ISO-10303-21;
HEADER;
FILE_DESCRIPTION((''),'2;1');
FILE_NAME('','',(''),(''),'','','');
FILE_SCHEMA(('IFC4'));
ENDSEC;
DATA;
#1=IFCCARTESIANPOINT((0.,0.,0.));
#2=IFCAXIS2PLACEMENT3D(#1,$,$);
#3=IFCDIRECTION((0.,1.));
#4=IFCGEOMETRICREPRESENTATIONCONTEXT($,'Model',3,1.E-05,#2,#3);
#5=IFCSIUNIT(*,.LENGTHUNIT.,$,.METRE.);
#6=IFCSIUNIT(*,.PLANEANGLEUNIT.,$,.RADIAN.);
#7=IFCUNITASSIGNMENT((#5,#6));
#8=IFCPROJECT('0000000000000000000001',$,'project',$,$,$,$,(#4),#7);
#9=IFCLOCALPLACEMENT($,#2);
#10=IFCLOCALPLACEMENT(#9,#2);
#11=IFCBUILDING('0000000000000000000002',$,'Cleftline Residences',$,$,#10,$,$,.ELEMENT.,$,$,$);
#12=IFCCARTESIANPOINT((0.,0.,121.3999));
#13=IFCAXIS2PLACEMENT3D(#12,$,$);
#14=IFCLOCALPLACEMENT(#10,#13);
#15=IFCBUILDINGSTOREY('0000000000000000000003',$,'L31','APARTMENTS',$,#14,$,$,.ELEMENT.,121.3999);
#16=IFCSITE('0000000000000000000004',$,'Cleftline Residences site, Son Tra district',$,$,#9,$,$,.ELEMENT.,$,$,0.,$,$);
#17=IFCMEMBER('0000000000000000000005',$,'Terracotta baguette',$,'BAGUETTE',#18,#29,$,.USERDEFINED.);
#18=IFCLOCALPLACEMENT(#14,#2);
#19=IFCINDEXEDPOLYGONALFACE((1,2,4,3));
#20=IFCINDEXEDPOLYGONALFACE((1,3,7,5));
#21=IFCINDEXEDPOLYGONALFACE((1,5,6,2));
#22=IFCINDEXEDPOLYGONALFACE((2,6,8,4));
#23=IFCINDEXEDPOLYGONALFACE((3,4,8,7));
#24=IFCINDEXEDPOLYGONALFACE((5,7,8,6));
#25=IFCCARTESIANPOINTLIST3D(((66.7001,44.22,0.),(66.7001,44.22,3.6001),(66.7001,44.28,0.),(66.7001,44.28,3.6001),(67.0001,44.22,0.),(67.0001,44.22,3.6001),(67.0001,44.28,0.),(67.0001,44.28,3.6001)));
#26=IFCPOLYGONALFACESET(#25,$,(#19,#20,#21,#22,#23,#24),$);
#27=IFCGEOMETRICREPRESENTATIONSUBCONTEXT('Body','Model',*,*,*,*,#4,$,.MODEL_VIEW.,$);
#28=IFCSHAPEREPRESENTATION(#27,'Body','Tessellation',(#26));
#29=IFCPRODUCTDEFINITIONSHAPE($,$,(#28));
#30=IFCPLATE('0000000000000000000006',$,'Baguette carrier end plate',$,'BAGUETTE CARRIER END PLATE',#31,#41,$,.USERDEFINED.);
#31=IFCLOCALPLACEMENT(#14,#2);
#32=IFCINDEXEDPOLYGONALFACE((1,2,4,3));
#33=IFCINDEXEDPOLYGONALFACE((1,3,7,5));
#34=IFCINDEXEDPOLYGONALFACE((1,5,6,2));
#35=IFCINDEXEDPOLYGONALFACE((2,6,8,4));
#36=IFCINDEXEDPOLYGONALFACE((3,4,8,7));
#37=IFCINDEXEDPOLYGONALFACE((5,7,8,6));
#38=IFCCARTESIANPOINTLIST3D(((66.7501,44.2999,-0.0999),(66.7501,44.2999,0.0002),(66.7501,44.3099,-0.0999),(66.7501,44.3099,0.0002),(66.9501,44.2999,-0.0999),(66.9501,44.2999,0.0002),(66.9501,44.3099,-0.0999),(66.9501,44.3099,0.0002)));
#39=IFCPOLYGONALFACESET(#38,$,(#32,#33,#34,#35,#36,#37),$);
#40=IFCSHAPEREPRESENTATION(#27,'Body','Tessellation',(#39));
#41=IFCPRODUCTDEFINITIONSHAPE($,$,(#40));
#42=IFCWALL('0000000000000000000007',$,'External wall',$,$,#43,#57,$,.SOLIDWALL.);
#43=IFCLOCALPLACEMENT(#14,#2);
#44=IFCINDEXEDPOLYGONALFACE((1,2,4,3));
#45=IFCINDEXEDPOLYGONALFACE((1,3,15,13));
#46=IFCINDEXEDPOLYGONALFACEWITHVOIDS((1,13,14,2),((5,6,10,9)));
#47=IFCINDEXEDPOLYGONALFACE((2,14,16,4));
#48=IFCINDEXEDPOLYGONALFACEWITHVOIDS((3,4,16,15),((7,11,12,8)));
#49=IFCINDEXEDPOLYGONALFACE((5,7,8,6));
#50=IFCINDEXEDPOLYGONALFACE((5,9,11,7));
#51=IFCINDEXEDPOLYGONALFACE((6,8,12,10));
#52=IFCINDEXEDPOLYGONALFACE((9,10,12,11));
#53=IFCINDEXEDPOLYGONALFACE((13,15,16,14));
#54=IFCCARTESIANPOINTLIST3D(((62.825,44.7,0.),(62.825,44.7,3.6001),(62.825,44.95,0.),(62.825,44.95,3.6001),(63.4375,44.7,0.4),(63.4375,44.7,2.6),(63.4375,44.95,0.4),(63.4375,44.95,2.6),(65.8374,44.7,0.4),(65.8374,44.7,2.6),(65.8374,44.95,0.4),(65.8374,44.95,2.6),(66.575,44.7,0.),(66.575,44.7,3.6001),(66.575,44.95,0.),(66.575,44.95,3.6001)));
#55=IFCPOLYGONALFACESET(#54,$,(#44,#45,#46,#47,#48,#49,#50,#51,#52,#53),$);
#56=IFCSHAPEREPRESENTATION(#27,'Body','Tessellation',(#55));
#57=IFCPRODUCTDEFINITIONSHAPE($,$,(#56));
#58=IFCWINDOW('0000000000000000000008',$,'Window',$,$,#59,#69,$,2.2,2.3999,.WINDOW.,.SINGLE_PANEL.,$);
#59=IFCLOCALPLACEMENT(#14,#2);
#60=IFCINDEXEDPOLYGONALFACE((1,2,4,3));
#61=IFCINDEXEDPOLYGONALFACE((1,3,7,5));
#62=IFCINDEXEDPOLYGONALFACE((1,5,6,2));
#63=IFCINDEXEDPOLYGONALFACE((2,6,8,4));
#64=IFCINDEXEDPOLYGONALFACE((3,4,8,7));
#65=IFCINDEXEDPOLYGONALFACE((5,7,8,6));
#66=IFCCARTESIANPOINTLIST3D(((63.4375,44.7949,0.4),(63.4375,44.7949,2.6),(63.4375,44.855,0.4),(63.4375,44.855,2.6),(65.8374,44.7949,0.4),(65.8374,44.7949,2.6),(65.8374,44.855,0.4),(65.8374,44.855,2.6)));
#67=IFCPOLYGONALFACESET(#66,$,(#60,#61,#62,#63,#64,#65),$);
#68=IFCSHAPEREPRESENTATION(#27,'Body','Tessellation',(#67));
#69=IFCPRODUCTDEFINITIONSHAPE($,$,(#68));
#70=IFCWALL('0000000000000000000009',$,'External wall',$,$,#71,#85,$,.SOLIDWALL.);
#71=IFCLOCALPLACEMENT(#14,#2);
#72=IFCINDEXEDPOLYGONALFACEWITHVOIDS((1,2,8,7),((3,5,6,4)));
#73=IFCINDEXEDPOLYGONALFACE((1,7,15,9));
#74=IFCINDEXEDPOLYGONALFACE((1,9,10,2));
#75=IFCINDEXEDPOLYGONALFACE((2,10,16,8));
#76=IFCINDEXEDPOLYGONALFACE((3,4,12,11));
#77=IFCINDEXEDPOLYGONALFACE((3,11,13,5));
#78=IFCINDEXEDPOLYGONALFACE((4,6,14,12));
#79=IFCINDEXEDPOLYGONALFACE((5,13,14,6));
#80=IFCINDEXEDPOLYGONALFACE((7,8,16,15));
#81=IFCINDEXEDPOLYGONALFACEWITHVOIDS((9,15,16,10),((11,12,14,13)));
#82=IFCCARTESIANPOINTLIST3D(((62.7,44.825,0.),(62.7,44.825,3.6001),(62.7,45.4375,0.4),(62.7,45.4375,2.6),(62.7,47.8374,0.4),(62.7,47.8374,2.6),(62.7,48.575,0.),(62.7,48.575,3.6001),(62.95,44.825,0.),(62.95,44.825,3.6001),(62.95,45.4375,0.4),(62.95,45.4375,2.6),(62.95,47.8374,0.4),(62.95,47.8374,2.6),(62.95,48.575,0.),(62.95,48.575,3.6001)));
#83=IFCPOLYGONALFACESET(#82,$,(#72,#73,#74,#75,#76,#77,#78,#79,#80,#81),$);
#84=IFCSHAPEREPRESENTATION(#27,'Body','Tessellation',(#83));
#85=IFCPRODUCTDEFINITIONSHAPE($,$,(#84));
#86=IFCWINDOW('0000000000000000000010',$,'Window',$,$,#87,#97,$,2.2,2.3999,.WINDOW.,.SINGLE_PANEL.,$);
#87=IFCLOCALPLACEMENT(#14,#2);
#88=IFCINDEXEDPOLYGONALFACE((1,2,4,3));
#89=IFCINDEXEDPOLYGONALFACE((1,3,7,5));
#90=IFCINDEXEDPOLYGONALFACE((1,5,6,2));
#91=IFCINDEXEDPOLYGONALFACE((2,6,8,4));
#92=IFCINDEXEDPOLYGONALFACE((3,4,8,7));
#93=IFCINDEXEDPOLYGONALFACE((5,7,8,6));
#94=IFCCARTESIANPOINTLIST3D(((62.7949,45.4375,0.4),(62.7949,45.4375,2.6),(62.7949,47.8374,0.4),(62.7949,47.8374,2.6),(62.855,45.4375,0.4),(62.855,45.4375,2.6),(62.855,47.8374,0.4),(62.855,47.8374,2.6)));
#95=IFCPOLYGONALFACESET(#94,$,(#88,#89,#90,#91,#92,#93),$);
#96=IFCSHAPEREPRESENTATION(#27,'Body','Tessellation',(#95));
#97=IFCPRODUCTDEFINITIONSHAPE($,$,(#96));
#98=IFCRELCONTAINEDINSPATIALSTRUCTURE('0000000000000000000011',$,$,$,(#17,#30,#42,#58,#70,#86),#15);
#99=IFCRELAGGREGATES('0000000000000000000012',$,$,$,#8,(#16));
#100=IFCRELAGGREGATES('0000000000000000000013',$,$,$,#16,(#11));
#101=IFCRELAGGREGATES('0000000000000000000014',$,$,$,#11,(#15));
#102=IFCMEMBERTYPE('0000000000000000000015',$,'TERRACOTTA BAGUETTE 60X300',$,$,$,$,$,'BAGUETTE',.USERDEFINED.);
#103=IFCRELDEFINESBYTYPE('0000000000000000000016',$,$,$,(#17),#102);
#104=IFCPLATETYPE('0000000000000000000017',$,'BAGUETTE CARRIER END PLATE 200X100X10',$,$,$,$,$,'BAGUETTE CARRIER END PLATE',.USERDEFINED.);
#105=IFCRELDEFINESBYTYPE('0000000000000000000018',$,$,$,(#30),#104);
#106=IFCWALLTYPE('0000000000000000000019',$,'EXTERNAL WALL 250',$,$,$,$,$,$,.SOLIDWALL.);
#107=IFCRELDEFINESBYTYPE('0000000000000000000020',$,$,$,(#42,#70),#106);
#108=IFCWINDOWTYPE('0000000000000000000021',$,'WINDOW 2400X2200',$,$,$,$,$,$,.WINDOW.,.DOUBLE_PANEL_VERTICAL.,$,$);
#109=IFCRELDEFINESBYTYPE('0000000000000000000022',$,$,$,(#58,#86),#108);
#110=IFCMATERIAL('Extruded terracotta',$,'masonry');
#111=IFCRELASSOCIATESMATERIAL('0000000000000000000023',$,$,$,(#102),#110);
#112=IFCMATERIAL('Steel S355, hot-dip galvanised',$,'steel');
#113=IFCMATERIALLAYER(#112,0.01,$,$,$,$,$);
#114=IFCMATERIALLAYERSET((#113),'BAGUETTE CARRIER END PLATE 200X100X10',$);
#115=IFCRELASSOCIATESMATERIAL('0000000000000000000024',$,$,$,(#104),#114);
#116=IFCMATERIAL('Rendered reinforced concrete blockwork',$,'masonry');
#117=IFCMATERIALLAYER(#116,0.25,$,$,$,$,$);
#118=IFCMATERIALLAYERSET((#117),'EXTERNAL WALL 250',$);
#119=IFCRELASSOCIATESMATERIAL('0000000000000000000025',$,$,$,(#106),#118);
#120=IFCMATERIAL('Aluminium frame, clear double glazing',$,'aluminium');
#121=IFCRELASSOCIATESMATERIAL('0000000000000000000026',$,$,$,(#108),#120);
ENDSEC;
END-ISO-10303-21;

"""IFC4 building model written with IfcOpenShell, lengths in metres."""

from ifc_helpers import new_model, si_unit, direction, frame, frame_2d, origin, origin_2d, place, context, subcontext, project, spatial, rectangle, extrude, material, layer, layer_set, material_profile, profile_set, type_object, element, fill, save


model = new_model("IFC4")

# Units and contexts
model_context = context("Model", 3, precision=1e-05, world=origin(), true_north=direction((0.0, 1.0)))
body_context = subcontext(model_context, "Body", "Model", "MODEL_VIEW")
ifc_project = project(units=[si_unit("LENGTHUNIT", "METRE"), si_unit("PLANEANGLEUNIT", "RADIAN")], contexts=[model_context])

# Site, building, storey
site_placement = place(None, origin())
site = spatial("IfcSite", under=ifc_project, at=site_placement, Name="Cleftline Residences site, Son Tra district", CompositionType="ELEMENT", RefElevation=0.0)
building_placement = place(site_placement, origin())
building = spatial("IfcBuilding", under=site, at=building_placement, Name="Cleftline Residences", CompositionType="ELEMENT")
storey_placement = place(building_placement, frame((0.0, 0.0, 121.3999)))
storey = spatial("IfcBuildingStorey", under=building, at=storey_placement, Name="L31", Description="APARTMENTS", CompositionType="ELEMENT", Elevation=121.3999)

# Member
ifc_material_1 = material(Name="Extruded terracotta", Category="masonry")
ifc_material_profile_1 = material_profile(ifc_material_1, rectangle(XDim=0.0601, YDim=0.3, at=origin_2d()))
ifc_profile_set_1 = profile_set([ifc_material_profile_1], Name="Extruded terracotta")
member_type_1 = type_object("IfcMemberType", Name="TERRACOTTA BAGUETTE 60X300", ElementType="BAGUETTE", PredefinedType="USERDEFINED", material=ifc_profile_set_1)
for number, where, z_axis, x_axis, name in (
    (1, (66.8501, 44.25, 0.0), (0.0, 0.0, 1.0), (0.0, 1.0, 0.0), "Terracotta baguette"),
):
    element("IfcMember", number, at=place(storey_placement, frame(where, z_axis=z_axis, x_axis=x_axis)), inside=storey, type_object=member_type_1, Name=name, ObjectType="BAGUETTE", PredefinedType="USERDEFINED", context=body_context, shape_type="SweptSolid", body=[
        extrude(rectangle(XDim=0.0601, YDim=0.3, at=origin_2d()), origin(), (0.0, 0.0, 1.0), 3.6001),
    ])

# Plate
ifc_material_2 = material(Name="Steel S355, hot-dip galvanised", Category="steel")
ifc_layer_1 = layer(ifc_material_2, 0.01)
ifc_layer_set_1 = layer_set([ifc_layer_1], Name="BAGUETTE CARRIER END PLATE 200X100X10")
plate_type = type_object("IfcPlateType", Name="BAGUETTE CARRIER END PLATE 200X100X10", ElementType="BAGUETTE CARRIER END PLATE", PredefinedType="USERDEFINED", material=ifc_layer_set_1)
plate_placement = place(storey_placement, frame((66.8501, 44.3049, -0.0999), z_axis=(0.0, 0.0, 1.0), x_axis=(1.0, 0.0, 0.0)))
element("IfcPlate", 2, at=plate_placement, inside=storey, type_object=plate_type, Name="Baguette carrier end plate", ObjectType="BAGUETTE CARRIER END PLATE", PredefinedType="USERDEFINED", context=body_context, shape_type="SweptSolid", body=[
    extrude(rectangle(XDim=0.2, YDim=0.01, at=origin_2d()), origin(), (0.0, 0.0, 1.0), 0.1001),
])

# Walls, openings, windows
ifc_material_3 = material(Name="Rendered reinforced concrete blockwork", Category="masonry")
ifc_layer_2 = layer(ifc_material_3, 0.25)
ifc_layer_set_2 = layer_set([ifc_layer_2], Name="EXTERNAL WALL 250")
wall_type = type_object("IfcWallType", Name="EXTERNAL WALL 250", PredefinedType="SOLIDWALL", material=ifc_layer_set_2)
wall_1_placement = place(storey_placement, frame((66.575, 44.825, 0.0), z_axis=(0.0, 0.0, 1.0), x_axis=(-1.0, 0.0, 0.0)))
wall_1 = element("IfcWall", 3, at=wall_1_placement, inside=storey, type_object=wall_type, Name="External wall", PredefinedType="SOLIDWALL", context=body_context, shape_type="SweptSolid", body=[
    extrude(rectangle(XDim=3.75, YDim=0.25, at=frame_2d((1.875, 0.0))), origin(), (0.0, 0.0, 1.0), 3.6001),
])
opening_1_placement = place(wall_1_placement, frame((0.7375, 0.0, 0.3999)))
opening_1 = element("IfcOpeningElement", 4, at=opening_1_placement, cuts=wall_1, PredefinedType="OPENING", context=body_context, shape_type="SweptSolid", body=[
    extrude(rectangle(XDim=2.3999, YDim=2.2, at=frame_2d((1.2, 1.1001))), frame((0.0, 0.135, 0.0), z_axis=(0.0, -1.0, 0.0), x_axis=(1.0, 0.0, 0.0)), (0.0, 0.0, 1.0), 0.27),
])
ifc_material_4 = material(Name="Aluminium frame, clear double glazing", Category="aluminium")
window_type_1 = type_object("IfcWindowType", Name="WINDOW 2400X2200", PartitioningType="DOUBLE_PANEL_VERTICAL", PredefinedType="WINDOW", material=ifc_material_4)
window_1_placement = place(opening_1_placement, origin())
window_1 = element("IfcWindow", 5, at=window_1_placement, inside=storey, type_object=window_type_1, Name="Window", OverallHeight=2.2, OverallWidth=2.3999, PartitioningType="SINGLE_PANEL", PredefinedType="WINDOW", context=body_context, shape_type="SweptSolid", body=[
    extrude(rectangle(XDim=2.3999, YDim=2.2, at=frame_2d((1.2, 1.1001))), frame((0.0, 0.03, 0.0), z_axis=(0.0, -1.0, 0.0), x_axis=(1.0, 0.0, 0.0)), (0.0, 0.0, 1.0), 0.0601),
])
fill(opening_1, window_1)
wall_2_placement = place(storey_placement, frame((62.825, 44.825, 0.0), z_axis=(0.0, 0.0, 1.0), x_axis=(0.0, 1.0, 0.0)))
wall_2 = element("IfcWall", 6, at=wall_2_placement, inside=storey, type_object=wall_type, Name="External wall", PredefinedType="SOLIDWALL", context=body_context, shape_type="SweptSolid", body=[
    extrude(rectangle(XDim=3.75, YDim=0.25, at=frame_2d((1.875, 0.0))), origin(), (0.0, 0.0, 1.0), 3.6001),
])
opening_2_placement = place(wall_2_placement, frame((0.6125, 0.0, 0.3999)))
opening_2 = element("IfcOpeningElement", 7, at=opening_2_placement, cuts=wall_2, PredefinedType="OPENING", context=body_context, shape_type="SweptSolid", body=[
    extrude(rectangle(XDim=2.3999, YDim=2.2, at=frame_2d((1.2, 1.1001))), frame((0.0, 0.135, 0.0), z_axis=(0.0, -1.0, 0.0), x_axis=(1.0, 0.0, 0.0)), (0.0, 0.0, 1.0), 0.27),
])
window_2_placement = place(opening_2_placement, origin())
window_2 = element("IfcWindow", 8, at=window_2_placement, inside=storey, type_object=window_type_1, Name="Window", OverallHeight=2.2, OverallWidth=2.3999, PartitioningType="SINGLE_PANEL", PredefinedType="WINDOW", context=body_context, shape_type="SweptSolid", body=[
    extrude(rectangle(XDim=2.3999, YDim=2.2, at=frame_2d((1.2, 1.1001))), frame((0.0, 0.03, 0.0), z_axis=(0.0, -1.0, 0.0), x_axis=(1.0, 0.0, 0.0)), (0.0, 0.0, 1.0), 0.0601),
])
fill(opening_2, window_2)

save(model, "model.ifc")
